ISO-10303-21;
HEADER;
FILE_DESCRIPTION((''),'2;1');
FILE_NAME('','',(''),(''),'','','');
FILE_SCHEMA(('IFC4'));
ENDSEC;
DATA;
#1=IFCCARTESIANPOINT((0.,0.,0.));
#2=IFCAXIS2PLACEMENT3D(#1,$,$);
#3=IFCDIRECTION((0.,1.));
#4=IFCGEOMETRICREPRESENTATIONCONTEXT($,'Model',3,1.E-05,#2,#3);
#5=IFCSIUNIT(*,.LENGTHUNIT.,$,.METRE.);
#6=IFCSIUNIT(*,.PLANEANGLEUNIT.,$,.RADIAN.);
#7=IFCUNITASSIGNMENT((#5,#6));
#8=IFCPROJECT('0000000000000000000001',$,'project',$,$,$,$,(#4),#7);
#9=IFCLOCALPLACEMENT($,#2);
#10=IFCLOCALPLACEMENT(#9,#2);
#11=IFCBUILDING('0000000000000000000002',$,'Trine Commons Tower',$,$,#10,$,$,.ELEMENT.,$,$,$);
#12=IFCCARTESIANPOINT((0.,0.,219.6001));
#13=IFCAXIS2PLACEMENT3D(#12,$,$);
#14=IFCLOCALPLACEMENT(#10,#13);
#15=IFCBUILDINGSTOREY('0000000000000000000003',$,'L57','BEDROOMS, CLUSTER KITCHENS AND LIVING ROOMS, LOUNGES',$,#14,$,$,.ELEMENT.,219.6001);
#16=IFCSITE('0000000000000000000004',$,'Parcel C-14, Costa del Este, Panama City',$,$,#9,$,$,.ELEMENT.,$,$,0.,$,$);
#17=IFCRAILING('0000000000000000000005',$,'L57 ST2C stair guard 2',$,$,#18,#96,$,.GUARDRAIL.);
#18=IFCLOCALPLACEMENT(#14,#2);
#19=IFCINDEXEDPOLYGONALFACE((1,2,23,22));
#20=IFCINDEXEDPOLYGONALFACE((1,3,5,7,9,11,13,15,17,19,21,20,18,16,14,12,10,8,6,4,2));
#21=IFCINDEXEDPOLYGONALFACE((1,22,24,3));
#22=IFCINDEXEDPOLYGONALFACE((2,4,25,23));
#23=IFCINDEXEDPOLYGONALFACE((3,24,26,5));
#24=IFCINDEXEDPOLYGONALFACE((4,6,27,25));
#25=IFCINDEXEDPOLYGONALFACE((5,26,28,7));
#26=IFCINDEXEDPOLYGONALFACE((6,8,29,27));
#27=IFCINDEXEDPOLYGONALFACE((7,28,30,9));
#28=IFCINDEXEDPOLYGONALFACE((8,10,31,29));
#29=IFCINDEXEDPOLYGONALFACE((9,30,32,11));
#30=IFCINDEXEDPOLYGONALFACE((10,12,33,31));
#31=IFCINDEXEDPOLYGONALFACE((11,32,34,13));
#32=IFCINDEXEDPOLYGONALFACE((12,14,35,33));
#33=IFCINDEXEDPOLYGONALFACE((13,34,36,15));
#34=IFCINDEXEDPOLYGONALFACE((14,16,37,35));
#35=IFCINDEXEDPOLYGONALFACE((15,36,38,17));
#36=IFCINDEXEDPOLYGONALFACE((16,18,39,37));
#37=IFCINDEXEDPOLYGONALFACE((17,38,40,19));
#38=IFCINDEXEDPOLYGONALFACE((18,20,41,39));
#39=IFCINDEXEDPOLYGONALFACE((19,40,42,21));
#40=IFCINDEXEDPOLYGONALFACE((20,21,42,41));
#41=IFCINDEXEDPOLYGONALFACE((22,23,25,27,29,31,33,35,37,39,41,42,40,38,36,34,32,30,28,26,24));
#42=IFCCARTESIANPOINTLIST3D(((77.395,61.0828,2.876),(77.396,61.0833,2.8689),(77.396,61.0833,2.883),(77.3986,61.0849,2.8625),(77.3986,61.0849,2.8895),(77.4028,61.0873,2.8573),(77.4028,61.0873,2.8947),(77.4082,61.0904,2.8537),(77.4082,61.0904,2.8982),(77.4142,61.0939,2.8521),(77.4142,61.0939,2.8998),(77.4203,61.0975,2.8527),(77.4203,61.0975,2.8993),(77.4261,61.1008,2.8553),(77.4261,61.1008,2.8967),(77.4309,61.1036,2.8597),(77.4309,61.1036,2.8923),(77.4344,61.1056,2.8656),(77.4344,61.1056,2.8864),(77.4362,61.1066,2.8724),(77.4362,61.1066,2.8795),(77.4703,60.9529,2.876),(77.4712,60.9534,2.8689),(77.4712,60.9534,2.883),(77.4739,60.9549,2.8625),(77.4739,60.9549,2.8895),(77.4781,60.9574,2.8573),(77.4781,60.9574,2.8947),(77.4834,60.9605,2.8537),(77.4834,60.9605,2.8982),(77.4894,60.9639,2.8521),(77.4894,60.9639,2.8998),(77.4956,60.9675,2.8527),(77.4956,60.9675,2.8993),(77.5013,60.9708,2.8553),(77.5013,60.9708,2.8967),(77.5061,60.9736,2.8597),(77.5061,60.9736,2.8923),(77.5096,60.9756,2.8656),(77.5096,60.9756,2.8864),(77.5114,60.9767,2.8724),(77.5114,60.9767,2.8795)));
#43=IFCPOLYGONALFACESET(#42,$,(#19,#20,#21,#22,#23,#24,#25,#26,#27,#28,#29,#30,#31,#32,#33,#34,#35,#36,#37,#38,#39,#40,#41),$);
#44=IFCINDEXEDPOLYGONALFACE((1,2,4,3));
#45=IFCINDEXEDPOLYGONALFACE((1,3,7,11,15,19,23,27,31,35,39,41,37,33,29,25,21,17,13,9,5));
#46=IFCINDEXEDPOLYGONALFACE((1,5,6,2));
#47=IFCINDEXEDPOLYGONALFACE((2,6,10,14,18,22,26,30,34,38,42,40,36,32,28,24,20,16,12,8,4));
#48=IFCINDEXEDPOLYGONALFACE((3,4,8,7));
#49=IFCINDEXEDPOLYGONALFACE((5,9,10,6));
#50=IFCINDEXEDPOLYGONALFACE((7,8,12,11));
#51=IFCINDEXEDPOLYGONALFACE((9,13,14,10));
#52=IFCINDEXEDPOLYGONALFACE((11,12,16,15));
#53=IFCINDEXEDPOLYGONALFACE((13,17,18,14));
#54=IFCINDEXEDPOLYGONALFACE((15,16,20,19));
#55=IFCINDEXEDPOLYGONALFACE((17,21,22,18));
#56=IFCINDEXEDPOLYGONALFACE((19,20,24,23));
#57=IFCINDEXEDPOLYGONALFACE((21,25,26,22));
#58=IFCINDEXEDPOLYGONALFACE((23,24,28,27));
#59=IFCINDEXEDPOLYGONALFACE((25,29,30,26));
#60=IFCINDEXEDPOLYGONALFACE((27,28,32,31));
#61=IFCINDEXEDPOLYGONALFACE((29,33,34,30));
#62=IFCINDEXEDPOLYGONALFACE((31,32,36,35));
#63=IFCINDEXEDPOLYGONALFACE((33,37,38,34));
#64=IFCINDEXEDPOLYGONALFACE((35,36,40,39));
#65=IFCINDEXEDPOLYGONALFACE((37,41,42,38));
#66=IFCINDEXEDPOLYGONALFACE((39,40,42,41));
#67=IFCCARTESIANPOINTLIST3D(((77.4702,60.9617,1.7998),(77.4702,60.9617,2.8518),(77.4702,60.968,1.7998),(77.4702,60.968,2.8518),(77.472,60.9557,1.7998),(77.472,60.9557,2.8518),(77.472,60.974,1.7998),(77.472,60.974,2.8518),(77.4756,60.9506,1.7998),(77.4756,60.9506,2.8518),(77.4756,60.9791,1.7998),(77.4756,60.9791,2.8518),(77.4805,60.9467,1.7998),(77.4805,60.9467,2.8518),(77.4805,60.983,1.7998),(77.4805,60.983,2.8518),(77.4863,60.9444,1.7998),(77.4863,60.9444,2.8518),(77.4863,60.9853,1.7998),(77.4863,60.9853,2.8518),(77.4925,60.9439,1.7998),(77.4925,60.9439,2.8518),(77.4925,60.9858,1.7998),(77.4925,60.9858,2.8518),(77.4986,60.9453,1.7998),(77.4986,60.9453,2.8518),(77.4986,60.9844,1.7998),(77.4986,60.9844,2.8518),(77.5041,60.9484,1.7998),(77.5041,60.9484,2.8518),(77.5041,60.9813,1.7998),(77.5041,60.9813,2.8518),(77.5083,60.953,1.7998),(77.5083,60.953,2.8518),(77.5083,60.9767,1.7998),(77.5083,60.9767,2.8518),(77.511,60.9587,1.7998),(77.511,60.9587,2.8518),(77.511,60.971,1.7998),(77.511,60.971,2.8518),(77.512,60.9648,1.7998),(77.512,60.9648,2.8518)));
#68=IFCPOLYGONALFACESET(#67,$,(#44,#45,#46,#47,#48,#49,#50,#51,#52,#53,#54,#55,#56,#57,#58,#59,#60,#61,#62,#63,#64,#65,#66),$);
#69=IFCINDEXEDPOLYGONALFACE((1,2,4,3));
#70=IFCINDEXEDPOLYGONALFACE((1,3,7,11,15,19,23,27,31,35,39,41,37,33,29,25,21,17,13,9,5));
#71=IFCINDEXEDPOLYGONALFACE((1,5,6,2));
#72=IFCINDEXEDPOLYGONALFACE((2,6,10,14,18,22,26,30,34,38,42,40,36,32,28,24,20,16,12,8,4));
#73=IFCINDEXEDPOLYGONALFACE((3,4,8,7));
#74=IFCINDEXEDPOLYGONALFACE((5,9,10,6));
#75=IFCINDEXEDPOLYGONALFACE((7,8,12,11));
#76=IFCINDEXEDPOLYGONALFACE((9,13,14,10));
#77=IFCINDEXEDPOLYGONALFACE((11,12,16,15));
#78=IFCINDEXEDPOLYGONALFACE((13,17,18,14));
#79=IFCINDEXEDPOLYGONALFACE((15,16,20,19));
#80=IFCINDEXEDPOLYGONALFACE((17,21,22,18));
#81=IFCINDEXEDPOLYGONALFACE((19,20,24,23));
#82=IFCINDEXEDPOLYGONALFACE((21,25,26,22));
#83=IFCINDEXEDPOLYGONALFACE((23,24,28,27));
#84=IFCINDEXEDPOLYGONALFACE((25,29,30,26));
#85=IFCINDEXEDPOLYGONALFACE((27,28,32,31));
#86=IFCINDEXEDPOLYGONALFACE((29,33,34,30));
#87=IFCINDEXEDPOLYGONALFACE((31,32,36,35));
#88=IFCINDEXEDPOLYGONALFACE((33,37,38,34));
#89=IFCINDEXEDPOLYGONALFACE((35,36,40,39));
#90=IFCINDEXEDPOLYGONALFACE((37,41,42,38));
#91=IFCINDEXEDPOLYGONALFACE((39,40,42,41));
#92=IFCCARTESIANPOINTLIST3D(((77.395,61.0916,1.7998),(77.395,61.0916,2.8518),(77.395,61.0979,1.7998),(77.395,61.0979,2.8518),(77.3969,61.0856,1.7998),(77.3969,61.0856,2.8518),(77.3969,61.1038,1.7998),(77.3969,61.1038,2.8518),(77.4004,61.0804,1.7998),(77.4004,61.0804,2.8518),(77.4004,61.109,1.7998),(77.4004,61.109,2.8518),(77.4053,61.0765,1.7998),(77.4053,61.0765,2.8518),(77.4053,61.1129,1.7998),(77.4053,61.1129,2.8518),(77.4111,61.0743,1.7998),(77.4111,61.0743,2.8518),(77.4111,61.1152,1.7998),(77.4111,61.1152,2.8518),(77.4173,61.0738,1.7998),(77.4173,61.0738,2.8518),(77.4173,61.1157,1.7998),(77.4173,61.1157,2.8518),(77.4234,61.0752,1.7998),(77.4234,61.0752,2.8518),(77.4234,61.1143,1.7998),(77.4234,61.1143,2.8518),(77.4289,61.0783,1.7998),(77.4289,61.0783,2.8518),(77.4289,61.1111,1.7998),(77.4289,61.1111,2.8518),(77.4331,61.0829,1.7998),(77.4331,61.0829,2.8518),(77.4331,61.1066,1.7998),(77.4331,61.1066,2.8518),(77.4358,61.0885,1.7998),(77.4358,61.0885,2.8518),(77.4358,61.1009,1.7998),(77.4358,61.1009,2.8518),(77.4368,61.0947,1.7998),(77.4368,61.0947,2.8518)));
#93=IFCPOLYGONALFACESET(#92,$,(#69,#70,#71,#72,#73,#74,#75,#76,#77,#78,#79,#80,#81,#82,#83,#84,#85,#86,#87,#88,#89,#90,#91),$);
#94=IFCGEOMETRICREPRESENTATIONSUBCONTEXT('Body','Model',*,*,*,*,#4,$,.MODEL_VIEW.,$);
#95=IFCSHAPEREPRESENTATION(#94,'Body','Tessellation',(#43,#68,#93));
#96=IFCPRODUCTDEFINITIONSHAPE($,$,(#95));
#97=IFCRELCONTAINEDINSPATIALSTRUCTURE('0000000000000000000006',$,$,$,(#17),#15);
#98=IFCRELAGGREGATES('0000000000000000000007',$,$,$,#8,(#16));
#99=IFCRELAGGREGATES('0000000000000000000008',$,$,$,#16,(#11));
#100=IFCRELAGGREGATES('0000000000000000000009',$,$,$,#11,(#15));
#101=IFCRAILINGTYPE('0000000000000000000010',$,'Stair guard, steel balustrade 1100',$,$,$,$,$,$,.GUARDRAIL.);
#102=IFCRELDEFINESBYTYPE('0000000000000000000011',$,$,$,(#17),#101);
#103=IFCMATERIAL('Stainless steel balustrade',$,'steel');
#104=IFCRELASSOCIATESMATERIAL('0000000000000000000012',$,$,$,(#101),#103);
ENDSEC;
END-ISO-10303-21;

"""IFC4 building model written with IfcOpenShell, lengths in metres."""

from ifc_helpers import new_model, si_unit, direction, frame, origin, origin_2d, place, context, subcontext, project, spatial, circle, extrude, material, type_object, element, save


model = new_model("IFC4")

# Units and contexts
model_context = context("Model", 3, precision=1e-05, world=origin(), true_north=direction((0.0, 1.0)))
body_context = subcontext(model_context, "Body", "Model", "MODEL_VIEW")
ifc_project = project(units=[si_unit("LENGTHUNIT", "METRE"), si_unit("PLANEANGLEUNIT", "RADIAN")], contexts=[model_context])

# Site, building, storey
site_placement = place(None, origin())
site = spatial("IfcSite", under=ifc_project, at=site_placement, Name="Parcel C-14, Costa del Este, Panama City", CompositionType="ELEMENT", RefElevation=0.0)
building_placement = place(site_placement, origin())
building = spatial("IfcBuilding", under=site, at=building_placement, Name="Trine Commons Tower", CompositionType="ELEMENT")
storey_placement = place(building_placement, frame((0.0, 0.0, 219.6001)))
storey = spatial("IfcBuildingStorey", under=building, at=storey_placement, Name="L57", Description="BEDROOMS, CLUSTER KITCHENS AND LIVING ROOMS, LOUNGES", CompositionType="ELEMENT", Elevation=219.6001)

# Railing
ifc_material_1 = material(Name="Stainless steel balustrade", Category="steel")
railing_type_1 = type_object("IfcRailingType", Name="Stair guard, steel balustrade 1100", PredefinedType="GUARDRAIL", material=ifc_material_1)
railing_1_placement = place(storey_placement, frame((77.491, 60.9648, 1.7998)))
element("IfcRailing", 1, at=railing_1_placement, inside=storey, type_object=railing_type_1, Name="L57 ST2C stair guard 2", PredefinedType="GUARDRAIL", context=body_context, shape_type="SweptSolid", body=[
    extrude(circle(Radius=0.0239, at=origin_2d()), frame((0.0, 0.0, 1.0762), z_axis=(-0.501036, 0.865426, 0.0), x_axis=(-0.865426, -0.501036, 0.0)), (0.0, 0.0, 1.0), 0.1501),
    extrude(circle(Radius=0.021, at=origin_2d()), origin(), (0.0, 0.0, 1.0), 1.052),
    extrude(circle(Radius=0.021, at=origin_2d()), frame((-0.0752, 0.1299, 0.0)), (0.0, 0.0, 1.0), 1.052),
])

save(model, "model.ifc")
